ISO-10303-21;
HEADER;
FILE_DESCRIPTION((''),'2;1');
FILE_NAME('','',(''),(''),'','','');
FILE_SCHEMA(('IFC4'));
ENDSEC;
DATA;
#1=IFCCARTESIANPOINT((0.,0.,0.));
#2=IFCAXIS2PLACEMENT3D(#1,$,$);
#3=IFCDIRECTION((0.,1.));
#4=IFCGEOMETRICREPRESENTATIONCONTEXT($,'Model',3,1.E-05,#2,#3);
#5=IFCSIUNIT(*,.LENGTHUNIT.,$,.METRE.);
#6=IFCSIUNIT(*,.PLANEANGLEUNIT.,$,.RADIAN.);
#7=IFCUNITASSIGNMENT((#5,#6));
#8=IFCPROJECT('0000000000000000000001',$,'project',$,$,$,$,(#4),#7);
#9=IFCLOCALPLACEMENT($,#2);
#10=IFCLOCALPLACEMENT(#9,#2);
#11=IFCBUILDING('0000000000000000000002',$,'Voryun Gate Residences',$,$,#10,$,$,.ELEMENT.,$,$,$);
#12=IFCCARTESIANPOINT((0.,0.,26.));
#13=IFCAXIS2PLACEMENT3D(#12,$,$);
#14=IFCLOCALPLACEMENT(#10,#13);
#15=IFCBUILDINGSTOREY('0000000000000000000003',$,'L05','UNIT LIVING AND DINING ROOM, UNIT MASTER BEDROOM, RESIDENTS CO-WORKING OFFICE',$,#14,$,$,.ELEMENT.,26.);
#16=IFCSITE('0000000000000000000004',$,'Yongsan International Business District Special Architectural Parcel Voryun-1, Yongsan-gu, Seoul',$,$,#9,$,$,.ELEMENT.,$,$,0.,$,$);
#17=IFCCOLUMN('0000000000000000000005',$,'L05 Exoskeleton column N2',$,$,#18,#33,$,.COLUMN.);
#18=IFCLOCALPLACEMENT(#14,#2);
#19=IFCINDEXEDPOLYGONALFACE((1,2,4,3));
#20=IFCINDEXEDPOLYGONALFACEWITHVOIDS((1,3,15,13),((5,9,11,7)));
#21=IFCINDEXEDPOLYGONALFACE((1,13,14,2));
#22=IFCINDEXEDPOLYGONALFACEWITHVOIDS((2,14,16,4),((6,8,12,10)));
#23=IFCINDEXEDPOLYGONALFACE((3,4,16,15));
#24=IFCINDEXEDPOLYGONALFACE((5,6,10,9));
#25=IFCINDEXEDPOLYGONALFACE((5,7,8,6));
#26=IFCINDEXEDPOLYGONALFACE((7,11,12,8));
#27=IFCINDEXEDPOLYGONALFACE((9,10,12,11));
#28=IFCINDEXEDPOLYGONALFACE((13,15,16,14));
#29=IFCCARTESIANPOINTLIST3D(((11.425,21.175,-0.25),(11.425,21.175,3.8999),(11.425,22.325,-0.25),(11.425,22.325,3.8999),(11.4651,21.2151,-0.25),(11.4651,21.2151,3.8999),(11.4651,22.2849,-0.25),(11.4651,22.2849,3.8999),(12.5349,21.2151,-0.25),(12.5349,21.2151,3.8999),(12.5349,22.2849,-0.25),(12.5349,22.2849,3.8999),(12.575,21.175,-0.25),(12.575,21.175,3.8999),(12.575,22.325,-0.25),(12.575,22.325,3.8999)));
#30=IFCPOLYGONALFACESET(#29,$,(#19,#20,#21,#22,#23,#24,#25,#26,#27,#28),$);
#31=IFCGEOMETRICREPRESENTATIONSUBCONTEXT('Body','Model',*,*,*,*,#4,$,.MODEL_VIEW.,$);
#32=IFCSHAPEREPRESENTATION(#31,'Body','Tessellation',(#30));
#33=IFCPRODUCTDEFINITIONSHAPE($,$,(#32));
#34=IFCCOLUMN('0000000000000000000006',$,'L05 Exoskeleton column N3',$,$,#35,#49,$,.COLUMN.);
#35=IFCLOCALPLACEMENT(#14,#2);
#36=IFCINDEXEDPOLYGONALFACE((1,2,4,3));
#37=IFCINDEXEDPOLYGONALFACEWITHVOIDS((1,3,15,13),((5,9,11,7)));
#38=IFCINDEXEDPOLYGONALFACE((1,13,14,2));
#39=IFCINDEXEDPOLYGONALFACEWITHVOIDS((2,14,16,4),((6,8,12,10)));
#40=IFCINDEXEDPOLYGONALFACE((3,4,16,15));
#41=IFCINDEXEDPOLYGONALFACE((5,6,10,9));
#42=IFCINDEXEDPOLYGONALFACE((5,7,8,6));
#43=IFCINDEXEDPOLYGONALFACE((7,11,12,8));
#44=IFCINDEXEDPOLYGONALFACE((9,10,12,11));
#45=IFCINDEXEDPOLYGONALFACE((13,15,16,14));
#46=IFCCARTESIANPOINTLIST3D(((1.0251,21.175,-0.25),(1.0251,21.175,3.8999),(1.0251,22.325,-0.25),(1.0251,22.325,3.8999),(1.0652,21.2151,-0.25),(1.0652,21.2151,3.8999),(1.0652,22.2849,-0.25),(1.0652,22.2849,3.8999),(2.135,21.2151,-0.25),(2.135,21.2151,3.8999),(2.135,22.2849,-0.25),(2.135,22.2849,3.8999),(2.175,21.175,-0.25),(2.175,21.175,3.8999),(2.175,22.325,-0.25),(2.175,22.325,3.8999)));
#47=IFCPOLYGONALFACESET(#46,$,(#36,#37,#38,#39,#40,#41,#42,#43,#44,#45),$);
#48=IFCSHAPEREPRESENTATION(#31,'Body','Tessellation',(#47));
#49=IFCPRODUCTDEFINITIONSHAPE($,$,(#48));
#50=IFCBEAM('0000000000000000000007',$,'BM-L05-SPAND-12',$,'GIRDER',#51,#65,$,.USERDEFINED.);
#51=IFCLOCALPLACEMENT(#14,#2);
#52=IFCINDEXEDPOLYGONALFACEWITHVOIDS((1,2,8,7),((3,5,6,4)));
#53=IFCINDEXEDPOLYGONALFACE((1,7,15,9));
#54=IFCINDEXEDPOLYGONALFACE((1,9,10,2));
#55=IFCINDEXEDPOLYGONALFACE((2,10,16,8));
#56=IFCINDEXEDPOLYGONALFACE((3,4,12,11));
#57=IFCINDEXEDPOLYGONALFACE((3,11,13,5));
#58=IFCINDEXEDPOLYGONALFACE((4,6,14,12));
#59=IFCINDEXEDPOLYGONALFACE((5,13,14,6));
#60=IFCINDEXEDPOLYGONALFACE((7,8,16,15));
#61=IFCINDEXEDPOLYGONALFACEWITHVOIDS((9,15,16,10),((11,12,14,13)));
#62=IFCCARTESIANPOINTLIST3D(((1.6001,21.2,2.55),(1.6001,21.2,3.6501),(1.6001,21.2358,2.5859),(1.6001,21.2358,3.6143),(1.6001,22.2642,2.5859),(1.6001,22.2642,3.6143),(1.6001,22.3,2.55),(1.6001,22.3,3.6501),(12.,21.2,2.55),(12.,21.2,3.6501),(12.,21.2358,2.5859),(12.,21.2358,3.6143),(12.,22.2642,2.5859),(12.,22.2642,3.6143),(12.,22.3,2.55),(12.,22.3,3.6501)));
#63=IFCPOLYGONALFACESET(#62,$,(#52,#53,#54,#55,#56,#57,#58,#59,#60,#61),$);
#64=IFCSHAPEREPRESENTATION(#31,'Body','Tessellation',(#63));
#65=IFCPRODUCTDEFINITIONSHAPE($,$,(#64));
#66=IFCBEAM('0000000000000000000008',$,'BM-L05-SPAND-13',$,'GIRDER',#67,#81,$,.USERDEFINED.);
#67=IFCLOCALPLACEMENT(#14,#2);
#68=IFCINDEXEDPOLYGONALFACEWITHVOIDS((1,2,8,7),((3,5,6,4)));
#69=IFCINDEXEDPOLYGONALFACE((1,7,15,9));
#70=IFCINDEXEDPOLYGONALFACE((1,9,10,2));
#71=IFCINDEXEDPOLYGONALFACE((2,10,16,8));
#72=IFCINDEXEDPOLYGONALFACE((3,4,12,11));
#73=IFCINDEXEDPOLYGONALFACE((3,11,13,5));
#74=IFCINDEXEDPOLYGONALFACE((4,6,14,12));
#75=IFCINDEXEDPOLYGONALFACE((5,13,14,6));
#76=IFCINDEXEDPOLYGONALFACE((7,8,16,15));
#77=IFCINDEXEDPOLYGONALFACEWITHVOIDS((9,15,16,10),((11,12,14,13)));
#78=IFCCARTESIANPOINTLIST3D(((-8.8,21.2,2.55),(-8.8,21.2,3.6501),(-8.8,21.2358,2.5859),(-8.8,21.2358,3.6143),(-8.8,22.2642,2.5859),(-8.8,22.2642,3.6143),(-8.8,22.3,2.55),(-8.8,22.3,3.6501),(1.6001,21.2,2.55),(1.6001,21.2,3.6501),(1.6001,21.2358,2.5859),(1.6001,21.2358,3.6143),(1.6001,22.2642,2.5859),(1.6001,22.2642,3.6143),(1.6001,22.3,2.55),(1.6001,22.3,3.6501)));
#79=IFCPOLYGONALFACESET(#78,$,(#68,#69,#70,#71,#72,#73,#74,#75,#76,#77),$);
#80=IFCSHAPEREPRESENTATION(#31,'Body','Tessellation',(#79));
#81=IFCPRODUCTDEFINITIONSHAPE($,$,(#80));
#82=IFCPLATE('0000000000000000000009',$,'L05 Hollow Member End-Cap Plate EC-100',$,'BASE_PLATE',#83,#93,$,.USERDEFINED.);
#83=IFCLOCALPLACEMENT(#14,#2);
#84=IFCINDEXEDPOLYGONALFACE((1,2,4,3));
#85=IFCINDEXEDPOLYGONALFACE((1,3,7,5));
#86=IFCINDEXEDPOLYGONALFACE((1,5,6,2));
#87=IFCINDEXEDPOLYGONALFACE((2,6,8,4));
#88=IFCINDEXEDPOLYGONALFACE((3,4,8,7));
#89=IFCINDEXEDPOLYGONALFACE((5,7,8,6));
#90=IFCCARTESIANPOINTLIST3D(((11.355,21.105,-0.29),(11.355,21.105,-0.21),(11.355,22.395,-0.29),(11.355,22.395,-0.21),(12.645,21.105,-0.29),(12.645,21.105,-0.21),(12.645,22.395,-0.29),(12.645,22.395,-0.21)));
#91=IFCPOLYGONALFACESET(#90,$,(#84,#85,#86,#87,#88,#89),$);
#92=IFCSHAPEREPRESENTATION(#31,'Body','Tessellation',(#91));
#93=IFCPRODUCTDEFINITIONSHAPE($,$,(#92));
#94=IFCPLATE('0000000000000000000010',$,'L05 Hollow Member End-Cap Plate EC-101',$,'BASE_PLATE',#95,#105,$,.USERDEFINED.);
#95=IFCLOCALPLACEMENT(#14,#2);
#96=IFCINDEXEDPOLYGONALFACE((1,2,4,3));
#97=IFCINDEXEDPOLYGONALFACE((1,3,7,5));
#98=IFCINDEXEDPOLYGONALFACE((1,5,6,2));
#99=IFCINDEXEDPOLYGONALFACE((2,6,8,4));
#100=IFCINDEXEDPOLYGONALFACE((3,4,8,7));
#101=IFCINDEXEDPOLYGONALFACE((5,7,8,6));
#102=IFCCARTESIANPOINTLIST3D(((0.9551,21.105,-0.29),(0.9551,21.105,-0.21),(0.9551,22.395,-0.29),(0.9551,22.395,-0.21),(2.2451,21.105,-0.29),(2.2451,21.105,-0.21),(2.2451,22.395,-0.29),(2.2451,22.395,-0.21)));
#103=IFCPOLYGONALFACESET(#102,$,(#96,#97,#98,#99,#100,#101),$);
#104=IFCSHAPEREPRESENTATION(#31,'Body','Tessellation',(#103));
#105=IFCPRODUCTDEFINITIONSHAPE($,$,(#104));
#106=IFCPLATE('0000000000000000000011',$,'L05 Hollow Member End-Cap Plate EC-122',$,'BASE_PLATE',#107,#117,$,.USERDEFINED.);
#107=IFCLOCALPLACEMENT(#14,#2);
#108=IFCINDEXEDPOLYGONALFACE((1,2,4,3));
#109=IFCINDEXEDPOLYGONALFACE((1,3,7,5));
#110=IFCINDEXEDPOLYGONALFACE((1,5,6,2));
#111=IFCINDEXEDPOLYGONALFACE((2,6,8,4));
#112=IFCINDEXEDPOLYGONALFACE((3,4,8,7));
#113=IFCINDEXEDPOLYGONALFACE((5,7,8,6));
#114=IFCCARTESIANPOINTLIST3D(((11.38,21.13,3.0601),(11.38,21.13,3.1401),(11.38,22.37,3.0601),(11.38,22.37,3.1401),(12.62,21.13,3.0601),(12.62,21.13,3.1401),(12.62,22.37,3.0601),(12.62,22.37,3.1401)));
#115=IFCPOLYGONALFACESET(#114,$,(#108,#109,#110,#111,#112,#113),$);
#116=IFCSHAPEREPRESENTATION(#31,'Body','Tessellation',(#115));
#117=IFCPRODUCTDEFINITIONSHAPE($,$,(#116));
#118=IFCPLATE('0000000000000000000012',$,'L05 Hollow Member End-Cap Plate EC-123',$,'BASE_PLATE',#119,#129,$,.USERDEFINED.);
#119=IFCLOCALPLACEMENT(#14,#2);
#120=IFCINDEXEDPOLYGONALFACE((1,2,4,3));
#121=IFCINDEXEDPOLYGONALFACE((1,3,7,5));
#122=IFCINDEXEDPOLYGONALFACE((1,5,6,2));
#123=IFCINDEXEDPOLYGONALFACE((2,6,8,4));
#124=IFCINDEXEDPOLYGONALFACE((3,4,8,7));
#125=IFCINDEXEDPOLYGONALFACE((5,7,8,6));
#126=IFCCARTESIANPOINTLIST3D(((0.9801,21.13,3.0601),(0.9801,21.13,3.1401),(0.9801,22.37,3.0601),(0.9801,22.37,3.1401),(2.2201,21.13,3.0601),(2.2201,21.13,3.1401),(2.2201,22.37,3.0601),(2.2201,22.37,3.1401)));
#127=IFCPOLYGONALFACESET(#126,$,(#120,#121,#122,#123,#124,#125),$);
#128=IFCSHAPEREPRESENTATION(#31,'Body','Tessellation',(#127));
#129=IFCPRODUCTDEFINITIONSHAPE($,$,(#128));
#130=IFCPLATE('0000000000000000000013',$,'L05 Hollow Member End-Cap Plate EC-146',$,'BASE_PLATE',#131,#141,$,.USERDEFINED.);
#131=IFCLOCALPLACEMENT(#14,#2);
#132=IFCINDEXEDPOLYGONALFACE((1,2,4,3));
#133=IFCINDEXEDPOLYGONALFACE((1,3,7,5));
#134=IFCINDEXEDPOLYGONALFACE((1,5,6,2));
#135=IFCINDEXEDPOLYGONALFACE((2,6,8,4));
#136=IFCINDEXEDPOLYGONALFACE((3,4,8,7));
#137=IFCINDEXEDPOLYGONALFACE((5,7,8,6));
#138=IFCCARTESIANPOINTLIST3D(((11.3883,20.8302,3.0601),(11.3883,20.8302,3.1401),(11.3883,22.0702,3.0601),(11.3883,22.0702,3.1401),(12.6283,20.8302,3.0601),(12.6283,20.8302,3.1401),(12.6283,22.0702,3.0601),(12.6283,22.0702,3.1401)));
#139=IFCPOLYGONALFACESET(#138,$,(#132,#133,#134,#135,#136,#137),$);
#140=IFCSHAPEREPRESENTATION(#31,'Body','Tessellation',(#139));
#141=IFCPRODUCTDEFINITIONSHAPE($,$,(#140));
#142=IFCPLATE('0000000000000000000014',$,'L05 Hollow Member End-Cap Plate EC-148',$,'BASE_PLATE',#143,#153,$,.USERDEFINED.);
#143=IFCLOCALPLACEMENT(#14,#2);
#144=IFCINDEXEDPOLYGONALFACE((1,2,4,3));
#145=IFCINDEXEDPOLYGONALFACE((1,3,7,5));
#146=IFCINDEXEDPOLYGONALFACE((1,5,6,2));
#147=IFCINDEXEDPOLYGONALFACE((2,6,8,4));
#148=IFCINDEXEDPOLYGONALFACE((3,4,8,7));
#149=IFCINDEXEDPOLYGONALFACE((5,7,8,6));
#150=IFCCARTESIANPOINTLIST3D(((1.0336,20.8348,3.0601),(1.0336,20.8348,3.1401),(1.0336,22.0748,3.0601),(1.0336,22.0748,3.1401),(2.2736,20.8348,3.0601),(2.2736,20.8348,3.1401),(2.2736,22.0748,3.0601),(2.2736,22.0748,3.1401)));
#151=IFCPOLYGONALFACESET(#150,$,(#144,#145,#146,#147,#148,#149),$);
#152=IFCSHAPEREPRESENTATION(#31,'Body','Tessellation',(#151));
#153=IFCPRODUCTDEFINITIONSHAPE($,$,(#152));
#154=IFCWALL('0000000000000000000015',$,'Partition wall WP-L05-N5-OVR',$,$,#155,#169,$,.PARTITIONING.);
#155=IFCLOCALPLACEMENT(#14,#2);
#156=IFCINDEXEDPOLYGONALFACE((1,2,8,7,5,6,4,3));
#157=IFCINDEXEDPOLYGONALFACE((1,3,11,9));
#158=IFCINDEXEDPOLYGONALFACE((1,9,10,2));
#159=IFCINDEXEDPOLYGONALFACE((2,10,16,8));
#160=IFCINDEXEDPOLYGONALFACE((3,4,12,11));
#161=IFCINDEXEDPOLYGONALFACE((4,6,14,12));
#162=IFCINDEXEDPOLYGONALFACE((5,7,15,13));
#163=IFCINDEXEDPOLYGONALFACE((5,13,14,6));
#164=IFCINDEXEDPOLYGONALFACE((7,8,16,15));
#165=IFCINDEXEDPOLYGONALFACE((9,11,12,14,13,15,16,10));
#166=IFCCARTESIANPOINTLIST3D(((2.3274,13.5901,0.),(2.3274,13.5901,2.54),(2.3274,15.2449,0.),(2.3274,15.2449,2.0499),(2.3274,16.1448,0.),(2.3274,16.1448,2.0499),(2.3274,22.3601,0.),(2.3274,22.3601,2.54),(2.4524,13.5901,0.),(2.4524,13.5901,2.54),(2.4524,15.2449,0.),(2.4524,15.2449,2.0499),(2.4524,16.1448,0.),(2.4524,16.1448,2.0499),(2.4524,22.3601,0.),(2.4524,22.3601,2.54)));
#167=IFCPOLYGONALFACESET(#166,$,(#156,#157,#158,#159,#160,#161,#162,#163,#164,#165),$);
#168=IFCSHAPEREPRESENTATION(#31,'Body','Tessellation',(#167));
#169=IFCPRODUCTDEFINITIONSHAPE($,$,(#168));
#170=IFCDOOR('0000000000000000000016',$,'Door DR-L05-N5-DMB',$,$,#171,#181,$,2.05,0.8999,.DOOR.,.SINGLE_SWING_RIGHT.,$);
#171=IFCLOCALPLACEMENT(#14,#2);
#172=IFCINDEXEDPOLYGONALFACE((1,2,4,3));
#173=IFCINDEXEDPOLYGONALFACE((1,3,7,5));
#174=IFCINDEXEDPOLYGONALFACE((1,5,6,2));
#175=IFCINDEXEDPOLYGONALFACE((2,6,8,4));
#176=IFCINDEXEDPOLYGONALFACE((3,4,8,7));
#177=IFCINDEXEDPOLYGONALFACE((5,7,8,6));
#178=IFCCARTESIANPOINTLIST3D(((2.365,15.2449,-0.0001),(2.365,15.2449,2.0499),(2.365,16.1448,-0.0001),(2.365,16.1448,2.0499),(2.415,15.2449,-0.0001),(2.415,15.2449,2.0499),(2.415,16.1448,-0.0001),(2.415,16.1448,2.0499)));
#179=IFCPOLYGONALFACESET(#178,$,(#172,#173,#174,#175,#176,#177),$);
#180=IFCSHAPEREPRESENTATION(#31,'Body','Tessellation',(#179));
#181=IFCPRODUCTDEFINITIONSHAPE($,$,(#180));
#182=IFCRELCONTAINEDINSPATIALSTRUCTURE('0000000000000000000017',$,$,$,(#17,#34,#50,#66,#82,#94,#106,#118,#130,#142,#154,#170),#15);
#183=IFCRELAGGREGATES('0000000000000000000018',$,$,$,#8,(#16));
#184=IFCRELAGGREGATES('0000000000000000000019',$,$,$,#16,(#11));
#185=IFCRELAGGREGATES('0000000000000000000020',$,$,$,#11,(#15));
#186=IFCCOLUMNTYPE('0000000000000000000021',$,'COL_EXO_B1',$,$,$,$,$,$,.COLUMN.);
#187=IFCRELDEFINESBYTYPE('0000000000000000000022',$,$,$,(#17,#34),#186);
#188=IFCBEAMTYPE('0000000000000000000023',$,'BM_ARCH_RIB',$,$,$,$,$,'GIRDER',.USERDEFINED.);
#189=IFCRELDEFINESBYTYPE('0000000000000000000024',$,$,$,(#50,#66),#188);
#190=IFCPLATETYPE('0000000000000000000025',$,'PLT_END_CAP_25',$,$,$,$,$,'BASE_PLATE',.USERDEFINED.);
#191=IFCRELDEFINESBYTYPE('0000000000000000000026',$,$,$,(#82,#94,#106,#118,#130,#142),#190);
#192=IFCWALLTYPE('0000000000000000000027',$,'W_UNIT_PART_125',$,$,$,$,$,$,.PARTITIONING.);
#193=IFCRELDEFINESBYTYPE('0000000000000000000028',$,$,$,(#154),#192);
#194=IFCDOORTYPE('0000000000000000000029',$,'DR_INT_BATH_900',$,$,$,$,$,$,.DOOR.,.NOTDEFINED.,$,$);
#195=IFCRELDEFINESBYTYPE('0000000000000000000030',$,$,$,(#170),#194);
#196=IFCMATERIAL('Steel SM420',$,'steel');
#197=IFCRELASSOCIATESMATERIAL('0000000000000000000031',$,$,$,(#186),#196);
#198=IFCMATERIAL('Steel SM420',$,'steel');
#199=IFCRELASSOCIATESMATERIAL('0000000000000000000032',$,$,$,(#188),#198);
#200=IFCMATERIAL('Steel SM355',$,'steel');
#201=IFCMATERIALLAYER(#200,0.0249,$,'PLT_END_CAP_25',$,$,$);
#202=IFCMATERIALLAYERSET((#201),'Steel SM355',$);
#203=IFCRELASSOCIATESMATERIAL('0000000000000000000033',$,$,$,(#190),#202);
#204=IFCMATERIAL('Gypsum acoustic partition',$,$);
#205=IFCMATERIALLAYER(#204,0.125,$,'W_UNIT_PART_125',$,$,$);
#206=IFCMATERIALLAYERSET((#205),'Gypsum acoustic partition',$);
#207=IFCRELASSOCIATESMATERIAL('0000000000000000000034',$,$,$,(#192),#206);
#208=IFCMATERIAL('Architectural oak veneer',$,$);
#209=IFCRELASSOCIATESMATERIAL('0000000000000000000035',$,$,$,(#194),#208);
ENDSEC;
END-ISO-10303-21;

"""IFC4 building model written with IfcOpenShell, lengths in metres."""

from ifc_helpers import new_model, si_unit, direction, frame, frame_2d, origin, origin_2d, place, context, subcontext, project, spatial, rectangle, hollow_rectangle, extrude, material, layer, layer_set, material_profile, profile_set, type_object, element, fill, save


model = new_model("IFC4")

# Units and contexts
model_context = context("Model", 3, precision=1e-05, world=origin(), true_north=direction((0.0, 1.0)))
body_context = subcontext(model_context, "Body", "Model", "MODEL_VIEW")
ifc_project = project(units=[si_unit("LENGTHUNIT", "METRE"), si_unit("PLANEANGLEUNIT", "RADIAN")], contexts=[model_context])

# Site, building, storey
site_placement = place(None, origin())
site = spatial("IfcSite", under=ifc_project, at=site_placement, Name="Yongsan International Business District Special Architectural Parcel Voryun-1, Yongsan-gu, Seoul", CompositionType="ELEMENT", RefElevation=0.0)
building_placement = place(site_placement, origin())
building = spatial("IfcBuilding", under=site, at=building_placement, Name="Voryun Gate Residences", CompositionType="ELEMENT")
storey_placement = place(building_placement, frame((0.0, 0.0, 26.0)))
storey = spatial("IfcBuildingStorey", under=building, at=storey_placement, Name="L05", Description="UNIT LIVING AND DINING ROOM, UNIT MASTER BEDROOM, RESIDENTS CO-WORKING OFFICE", CompositionType="ELEMENT", Elevation=26.0)

# Columns
ifc_material_1 = material(Name="Steel SM420", Category="steel")
ifc_material_profile_1 = material_profile(ifc_material_1, hollow_rectangle(XDim=1.1499, YDim=1.1499, WallThickness=0.04, at=origin_2d()), Name="BOX-1150x1150x40")
ifc_profile_set_1 = profile_set([ifc_material_profile_1], Name="Steel SM420")
column_type = type_object("IfcColumnType", Name="COL_EXO_B1", PredefinedType="COLUMN", material=ifc_profile_set_1)
for number, where, z_axis, x_axis, name in (
    (1, (12.0, 21.75, -0.25), (0.0, 0.0, 1.0), (1.0, 0.0, 0.0), "L05 Exoskeleton column N2"),
    (2, (1.6001, 21.75, -0.25), (0.0, 0.0, 1.0), (1.0, 0.0, 0.0), "L05 Exoskeleton column N3"),
):
    element("IfcColumn", number, at=place(storey_placement, frame(where, z_axis=z_axis, x_axis=x_axis)), inside=storey, type_object=column_type, Name=name, PredefinedType="COLUMN", context=body_context, shape_type="SweptSolid", body=[
        extrude(hollow_rectangle(XDim=1.1499, YDim=1.1499, WallThickness=0.04, at=origin_2d()), origin(), (0.0, 0.0, 1.0), 4.1499),
    ])

# Beams
ifc_material_2 = material(Name="Steel SM420", Category="steel")
ifc_material_profile_2 = material_profile(ifc_material_2, hollow_rectangle(XDim=1.1001, YDim=1.1001, WallThickness=0.0359, at=origin_2d()), Name="BOX-1100x1100x36")
ifc_profile_set_2 = profile_set([ifc_material_profile_2], Name="Steel SM420")
beam_type = type_object("IfcBeamType", Name="BM_ARCH_RIB", ElementType="GIRDER", PredefinedType="USERDEFINED", material=ifc_profile_set_2)
beam_1_placement = place(storey_placement, frame((12.0, 21.75, 3.1001), z_axis=(-1.0, 0.0, 0.0), x_axis=(0.0, -1.0, 0.0)))
element("IfcBeam", 3, at=beam_1_placement, inside=storey, type_object=beam_type, Name="BM-L05-SPAND-12", ObjectType="GIRDER", PredefinedType="USERDEFINED", context=body_context, shape_type="SweptSolid", body=[
    extrude(hollow_rectangle(XDim=1.1001, YDim=1.1001, WallThickness=0.0359, at=origin_2d()), origin(), (0.0, 0.0, 1.0), 10.3999),
])
beam_2_placement = place(storey_placement, frame((1.6001, 21.75, 3.1001), z_axis=(-1.0, 0.0, 0.0), x_axis=(0.0, -1.0, 0.0)))
element("IfcBeam", 4, at=beam_2_placement, inside=storey, type_object=beam_type, Name="BM-L05-SPAND-13", ObjectType="GIRDER", PredefinedType="USERDEFINED", context=body_context, shape_type="SweptSolid", body=[
    extrude(hollow_rectangle(XDim=1.1001, YDim=1.1001, WallThickness=0.0359, at=origin_2d()), origin(), (0.0, 0.0, 1.0), 10.4001),
])

# Plates
ifc_material_3 = material(Name="Steel SM355", Category="steel")
ifc_layer_1 = layer(ifc_material_3, 0.0249, Name="PLT_END_CAP_25")
ifc_layer_set_1 = layer_set([ifc_layer_1], Name="Steel SM355")
plate_type = type_object("IfcPlateType", Name="PLT_END_CAP_25", ElementType="BASE_PLATE", PredefinedType="USERDEFINED", material=ifc_layer_set_1)
for number, where, z_axis, x_axis, name in (
    (5, (12.0, 21.75, -0.29), (0.0, 0.0, 1.0), (1.0, 0.0, 0.0), "L05 Hollow Member End-Cap Plate EC-100"),
    (6, (1.6001, 21.75, -0.29), (0.0, 0.0, 1.0), (1.0, 0.0, 0.0), "L05 Hollow Member End-Cap Plate EC-101"),
):
    element("IfcPlate", number, at=place(storey_placement, frame(where, z_axis=z_axis, x_axis=x_axis)), inside=storey, type_object=plate_type, Name=name, ObjectType="BASE_PLATE", PredefinedType="USERDEFINED", context=body_context, shape_type="SweptSolid", body=[
        extrude(rectangle(XDim=1.29, YDim=1.29, at=origin_2d()), origin(), (0.0, 0.0, 1.0), 0.0801),
    ])
for number, where, z_axis, x_axis, name in (
    (7, (12.0, 21.75, 3.0601), (0.0, 0.0, 1.0), (1.0, 0.0, 0.0), "L05 Hollow Member End-Cap Plate EC-122"),
    (8, (1.6001, 21.75, 3.0601), (0.0, 0.0, 1.0), (1.0, 0.0, 0.0), "L05 Hollow Member End-Cap Plate EC-123"),
    (9, (12.0083, 21.4502, 3.0601), (0.0, 0.0, 1.0), (1.0, 0.0, 0.0), "L05 Hollow Member End-Cap Plate EC-146"),
    (10, (1.6536, 21.4548, 3.0601), (0.0, 0.0, 1.0), (1.0, 0.0, 0.0), "L05 Hollow Member End-Cap Plate EC-148"),
):
    element("IfcPlate", number, at=place(storey_placement, frame(where, z_axis=z_axis, x_axis=x_axis)), inside=storey, type_object=plate_type, Name=name, ObjectType="BASE_PLATE", PredefinedType="USERDEFINED", context=body_context, shape_type="SweptSolid", body=[
        extrude(rectangle(XDim=1.24, YDim=1.24, at=origin_2d()), origin(), (0.0, 0.0, 1.0), 0.0801),
    ])

# Wall, opening, door
ifc_material_4 = material(Name="Gypsum acoustic partition")
ifc_layer_2 = layer(ifc_material_4, 0.125, Name="W_UNIT_PART_125")
ifc_layer_set_2 = layer_set([ifc_layer_2], Name="Gypsum acoustic partition")
wall_type_1 = type_object("IfcWallType", Name="W_UNIT_PART_125", PredefinedType="PARTITIONING", material=ifc_layer_set_2)
wall_1_placement = place(storey_placement, frame((2.3899, 13.5901, 0.0), z_axis=(0.0, 0.0, 1.0), x_axis=(0.0, 1.0, 0.0)))
wall_1 = element("IfcWall", 11, at=wall_1_placement, inside=storey, type_object=wall_type_1, Name="Partition wall WP-L05-N5-OVR", PredefinedType="PARTITIONING", context=body_context, shape_type="SweptSolid", body=[
    extrude(rectangle(XDim=8.77, YDim=0.125, at=frame_2d((4.385, 0.0))), origin(), (0.0, 0.0, 1.0), 2.54),
])
opening_1_placement = place(wall_1_placement, frame((1.6548, 0.0, 0.0)))
opening_1 = element("IfcOpeningElement", 12, at=opening_1_placement, cuts=wall_1, PredefinedType="OPENING", context=body_context, shape_type="SweptSolid", body=[
    extrude(rectangle(XDim=0.8999, YDim=2.05, at=frame_2d((0.45, 1.0249))), frame((0.0, 0.0725, 0.0), z_axis=(0.0, -1.0, 0.0), x_axis=(1.0, 0.0, 0.0)), (0.0, 0.0, 1.0), 0.145),
])
ifc_material_5 = material(Name="Architectural oak veneer")
door_type_1 = type_object("IfcDoorType", Name="DR_INT_BATH_900", OperationType="NOTDEFINED", PredefinedType="DOOR", material=ifc_material_5)
door_1_placement = place(opening_1_placement, origin())
door_1 = element("IfcDoor", 13, at=door_1_placement, inside=storey, type_object=door_type_1, Name="Door DR-L05-N5-DMB", OperationType="SINGLE_SWING_RIGHT", OverallHeight=2.05, OverallWidth=0.8999, PredefinedType="DOOR", context=body_context, shape_type="SweptSolid", body=[
    extrude(rectangle(XDim=0.8999, YDim=2.05, at=frame_2d((0.45, 1.0249))), frame((0.0, 0.0249, 0.0), z_axis=(0.0, -1.0, 0.0), x_axis=(1.0, 0.0, 0.0)), (0.0, 0.0, 1.0), 0.05),
])
fill(opening_1, door_1)

save(model, "model.ifc")
